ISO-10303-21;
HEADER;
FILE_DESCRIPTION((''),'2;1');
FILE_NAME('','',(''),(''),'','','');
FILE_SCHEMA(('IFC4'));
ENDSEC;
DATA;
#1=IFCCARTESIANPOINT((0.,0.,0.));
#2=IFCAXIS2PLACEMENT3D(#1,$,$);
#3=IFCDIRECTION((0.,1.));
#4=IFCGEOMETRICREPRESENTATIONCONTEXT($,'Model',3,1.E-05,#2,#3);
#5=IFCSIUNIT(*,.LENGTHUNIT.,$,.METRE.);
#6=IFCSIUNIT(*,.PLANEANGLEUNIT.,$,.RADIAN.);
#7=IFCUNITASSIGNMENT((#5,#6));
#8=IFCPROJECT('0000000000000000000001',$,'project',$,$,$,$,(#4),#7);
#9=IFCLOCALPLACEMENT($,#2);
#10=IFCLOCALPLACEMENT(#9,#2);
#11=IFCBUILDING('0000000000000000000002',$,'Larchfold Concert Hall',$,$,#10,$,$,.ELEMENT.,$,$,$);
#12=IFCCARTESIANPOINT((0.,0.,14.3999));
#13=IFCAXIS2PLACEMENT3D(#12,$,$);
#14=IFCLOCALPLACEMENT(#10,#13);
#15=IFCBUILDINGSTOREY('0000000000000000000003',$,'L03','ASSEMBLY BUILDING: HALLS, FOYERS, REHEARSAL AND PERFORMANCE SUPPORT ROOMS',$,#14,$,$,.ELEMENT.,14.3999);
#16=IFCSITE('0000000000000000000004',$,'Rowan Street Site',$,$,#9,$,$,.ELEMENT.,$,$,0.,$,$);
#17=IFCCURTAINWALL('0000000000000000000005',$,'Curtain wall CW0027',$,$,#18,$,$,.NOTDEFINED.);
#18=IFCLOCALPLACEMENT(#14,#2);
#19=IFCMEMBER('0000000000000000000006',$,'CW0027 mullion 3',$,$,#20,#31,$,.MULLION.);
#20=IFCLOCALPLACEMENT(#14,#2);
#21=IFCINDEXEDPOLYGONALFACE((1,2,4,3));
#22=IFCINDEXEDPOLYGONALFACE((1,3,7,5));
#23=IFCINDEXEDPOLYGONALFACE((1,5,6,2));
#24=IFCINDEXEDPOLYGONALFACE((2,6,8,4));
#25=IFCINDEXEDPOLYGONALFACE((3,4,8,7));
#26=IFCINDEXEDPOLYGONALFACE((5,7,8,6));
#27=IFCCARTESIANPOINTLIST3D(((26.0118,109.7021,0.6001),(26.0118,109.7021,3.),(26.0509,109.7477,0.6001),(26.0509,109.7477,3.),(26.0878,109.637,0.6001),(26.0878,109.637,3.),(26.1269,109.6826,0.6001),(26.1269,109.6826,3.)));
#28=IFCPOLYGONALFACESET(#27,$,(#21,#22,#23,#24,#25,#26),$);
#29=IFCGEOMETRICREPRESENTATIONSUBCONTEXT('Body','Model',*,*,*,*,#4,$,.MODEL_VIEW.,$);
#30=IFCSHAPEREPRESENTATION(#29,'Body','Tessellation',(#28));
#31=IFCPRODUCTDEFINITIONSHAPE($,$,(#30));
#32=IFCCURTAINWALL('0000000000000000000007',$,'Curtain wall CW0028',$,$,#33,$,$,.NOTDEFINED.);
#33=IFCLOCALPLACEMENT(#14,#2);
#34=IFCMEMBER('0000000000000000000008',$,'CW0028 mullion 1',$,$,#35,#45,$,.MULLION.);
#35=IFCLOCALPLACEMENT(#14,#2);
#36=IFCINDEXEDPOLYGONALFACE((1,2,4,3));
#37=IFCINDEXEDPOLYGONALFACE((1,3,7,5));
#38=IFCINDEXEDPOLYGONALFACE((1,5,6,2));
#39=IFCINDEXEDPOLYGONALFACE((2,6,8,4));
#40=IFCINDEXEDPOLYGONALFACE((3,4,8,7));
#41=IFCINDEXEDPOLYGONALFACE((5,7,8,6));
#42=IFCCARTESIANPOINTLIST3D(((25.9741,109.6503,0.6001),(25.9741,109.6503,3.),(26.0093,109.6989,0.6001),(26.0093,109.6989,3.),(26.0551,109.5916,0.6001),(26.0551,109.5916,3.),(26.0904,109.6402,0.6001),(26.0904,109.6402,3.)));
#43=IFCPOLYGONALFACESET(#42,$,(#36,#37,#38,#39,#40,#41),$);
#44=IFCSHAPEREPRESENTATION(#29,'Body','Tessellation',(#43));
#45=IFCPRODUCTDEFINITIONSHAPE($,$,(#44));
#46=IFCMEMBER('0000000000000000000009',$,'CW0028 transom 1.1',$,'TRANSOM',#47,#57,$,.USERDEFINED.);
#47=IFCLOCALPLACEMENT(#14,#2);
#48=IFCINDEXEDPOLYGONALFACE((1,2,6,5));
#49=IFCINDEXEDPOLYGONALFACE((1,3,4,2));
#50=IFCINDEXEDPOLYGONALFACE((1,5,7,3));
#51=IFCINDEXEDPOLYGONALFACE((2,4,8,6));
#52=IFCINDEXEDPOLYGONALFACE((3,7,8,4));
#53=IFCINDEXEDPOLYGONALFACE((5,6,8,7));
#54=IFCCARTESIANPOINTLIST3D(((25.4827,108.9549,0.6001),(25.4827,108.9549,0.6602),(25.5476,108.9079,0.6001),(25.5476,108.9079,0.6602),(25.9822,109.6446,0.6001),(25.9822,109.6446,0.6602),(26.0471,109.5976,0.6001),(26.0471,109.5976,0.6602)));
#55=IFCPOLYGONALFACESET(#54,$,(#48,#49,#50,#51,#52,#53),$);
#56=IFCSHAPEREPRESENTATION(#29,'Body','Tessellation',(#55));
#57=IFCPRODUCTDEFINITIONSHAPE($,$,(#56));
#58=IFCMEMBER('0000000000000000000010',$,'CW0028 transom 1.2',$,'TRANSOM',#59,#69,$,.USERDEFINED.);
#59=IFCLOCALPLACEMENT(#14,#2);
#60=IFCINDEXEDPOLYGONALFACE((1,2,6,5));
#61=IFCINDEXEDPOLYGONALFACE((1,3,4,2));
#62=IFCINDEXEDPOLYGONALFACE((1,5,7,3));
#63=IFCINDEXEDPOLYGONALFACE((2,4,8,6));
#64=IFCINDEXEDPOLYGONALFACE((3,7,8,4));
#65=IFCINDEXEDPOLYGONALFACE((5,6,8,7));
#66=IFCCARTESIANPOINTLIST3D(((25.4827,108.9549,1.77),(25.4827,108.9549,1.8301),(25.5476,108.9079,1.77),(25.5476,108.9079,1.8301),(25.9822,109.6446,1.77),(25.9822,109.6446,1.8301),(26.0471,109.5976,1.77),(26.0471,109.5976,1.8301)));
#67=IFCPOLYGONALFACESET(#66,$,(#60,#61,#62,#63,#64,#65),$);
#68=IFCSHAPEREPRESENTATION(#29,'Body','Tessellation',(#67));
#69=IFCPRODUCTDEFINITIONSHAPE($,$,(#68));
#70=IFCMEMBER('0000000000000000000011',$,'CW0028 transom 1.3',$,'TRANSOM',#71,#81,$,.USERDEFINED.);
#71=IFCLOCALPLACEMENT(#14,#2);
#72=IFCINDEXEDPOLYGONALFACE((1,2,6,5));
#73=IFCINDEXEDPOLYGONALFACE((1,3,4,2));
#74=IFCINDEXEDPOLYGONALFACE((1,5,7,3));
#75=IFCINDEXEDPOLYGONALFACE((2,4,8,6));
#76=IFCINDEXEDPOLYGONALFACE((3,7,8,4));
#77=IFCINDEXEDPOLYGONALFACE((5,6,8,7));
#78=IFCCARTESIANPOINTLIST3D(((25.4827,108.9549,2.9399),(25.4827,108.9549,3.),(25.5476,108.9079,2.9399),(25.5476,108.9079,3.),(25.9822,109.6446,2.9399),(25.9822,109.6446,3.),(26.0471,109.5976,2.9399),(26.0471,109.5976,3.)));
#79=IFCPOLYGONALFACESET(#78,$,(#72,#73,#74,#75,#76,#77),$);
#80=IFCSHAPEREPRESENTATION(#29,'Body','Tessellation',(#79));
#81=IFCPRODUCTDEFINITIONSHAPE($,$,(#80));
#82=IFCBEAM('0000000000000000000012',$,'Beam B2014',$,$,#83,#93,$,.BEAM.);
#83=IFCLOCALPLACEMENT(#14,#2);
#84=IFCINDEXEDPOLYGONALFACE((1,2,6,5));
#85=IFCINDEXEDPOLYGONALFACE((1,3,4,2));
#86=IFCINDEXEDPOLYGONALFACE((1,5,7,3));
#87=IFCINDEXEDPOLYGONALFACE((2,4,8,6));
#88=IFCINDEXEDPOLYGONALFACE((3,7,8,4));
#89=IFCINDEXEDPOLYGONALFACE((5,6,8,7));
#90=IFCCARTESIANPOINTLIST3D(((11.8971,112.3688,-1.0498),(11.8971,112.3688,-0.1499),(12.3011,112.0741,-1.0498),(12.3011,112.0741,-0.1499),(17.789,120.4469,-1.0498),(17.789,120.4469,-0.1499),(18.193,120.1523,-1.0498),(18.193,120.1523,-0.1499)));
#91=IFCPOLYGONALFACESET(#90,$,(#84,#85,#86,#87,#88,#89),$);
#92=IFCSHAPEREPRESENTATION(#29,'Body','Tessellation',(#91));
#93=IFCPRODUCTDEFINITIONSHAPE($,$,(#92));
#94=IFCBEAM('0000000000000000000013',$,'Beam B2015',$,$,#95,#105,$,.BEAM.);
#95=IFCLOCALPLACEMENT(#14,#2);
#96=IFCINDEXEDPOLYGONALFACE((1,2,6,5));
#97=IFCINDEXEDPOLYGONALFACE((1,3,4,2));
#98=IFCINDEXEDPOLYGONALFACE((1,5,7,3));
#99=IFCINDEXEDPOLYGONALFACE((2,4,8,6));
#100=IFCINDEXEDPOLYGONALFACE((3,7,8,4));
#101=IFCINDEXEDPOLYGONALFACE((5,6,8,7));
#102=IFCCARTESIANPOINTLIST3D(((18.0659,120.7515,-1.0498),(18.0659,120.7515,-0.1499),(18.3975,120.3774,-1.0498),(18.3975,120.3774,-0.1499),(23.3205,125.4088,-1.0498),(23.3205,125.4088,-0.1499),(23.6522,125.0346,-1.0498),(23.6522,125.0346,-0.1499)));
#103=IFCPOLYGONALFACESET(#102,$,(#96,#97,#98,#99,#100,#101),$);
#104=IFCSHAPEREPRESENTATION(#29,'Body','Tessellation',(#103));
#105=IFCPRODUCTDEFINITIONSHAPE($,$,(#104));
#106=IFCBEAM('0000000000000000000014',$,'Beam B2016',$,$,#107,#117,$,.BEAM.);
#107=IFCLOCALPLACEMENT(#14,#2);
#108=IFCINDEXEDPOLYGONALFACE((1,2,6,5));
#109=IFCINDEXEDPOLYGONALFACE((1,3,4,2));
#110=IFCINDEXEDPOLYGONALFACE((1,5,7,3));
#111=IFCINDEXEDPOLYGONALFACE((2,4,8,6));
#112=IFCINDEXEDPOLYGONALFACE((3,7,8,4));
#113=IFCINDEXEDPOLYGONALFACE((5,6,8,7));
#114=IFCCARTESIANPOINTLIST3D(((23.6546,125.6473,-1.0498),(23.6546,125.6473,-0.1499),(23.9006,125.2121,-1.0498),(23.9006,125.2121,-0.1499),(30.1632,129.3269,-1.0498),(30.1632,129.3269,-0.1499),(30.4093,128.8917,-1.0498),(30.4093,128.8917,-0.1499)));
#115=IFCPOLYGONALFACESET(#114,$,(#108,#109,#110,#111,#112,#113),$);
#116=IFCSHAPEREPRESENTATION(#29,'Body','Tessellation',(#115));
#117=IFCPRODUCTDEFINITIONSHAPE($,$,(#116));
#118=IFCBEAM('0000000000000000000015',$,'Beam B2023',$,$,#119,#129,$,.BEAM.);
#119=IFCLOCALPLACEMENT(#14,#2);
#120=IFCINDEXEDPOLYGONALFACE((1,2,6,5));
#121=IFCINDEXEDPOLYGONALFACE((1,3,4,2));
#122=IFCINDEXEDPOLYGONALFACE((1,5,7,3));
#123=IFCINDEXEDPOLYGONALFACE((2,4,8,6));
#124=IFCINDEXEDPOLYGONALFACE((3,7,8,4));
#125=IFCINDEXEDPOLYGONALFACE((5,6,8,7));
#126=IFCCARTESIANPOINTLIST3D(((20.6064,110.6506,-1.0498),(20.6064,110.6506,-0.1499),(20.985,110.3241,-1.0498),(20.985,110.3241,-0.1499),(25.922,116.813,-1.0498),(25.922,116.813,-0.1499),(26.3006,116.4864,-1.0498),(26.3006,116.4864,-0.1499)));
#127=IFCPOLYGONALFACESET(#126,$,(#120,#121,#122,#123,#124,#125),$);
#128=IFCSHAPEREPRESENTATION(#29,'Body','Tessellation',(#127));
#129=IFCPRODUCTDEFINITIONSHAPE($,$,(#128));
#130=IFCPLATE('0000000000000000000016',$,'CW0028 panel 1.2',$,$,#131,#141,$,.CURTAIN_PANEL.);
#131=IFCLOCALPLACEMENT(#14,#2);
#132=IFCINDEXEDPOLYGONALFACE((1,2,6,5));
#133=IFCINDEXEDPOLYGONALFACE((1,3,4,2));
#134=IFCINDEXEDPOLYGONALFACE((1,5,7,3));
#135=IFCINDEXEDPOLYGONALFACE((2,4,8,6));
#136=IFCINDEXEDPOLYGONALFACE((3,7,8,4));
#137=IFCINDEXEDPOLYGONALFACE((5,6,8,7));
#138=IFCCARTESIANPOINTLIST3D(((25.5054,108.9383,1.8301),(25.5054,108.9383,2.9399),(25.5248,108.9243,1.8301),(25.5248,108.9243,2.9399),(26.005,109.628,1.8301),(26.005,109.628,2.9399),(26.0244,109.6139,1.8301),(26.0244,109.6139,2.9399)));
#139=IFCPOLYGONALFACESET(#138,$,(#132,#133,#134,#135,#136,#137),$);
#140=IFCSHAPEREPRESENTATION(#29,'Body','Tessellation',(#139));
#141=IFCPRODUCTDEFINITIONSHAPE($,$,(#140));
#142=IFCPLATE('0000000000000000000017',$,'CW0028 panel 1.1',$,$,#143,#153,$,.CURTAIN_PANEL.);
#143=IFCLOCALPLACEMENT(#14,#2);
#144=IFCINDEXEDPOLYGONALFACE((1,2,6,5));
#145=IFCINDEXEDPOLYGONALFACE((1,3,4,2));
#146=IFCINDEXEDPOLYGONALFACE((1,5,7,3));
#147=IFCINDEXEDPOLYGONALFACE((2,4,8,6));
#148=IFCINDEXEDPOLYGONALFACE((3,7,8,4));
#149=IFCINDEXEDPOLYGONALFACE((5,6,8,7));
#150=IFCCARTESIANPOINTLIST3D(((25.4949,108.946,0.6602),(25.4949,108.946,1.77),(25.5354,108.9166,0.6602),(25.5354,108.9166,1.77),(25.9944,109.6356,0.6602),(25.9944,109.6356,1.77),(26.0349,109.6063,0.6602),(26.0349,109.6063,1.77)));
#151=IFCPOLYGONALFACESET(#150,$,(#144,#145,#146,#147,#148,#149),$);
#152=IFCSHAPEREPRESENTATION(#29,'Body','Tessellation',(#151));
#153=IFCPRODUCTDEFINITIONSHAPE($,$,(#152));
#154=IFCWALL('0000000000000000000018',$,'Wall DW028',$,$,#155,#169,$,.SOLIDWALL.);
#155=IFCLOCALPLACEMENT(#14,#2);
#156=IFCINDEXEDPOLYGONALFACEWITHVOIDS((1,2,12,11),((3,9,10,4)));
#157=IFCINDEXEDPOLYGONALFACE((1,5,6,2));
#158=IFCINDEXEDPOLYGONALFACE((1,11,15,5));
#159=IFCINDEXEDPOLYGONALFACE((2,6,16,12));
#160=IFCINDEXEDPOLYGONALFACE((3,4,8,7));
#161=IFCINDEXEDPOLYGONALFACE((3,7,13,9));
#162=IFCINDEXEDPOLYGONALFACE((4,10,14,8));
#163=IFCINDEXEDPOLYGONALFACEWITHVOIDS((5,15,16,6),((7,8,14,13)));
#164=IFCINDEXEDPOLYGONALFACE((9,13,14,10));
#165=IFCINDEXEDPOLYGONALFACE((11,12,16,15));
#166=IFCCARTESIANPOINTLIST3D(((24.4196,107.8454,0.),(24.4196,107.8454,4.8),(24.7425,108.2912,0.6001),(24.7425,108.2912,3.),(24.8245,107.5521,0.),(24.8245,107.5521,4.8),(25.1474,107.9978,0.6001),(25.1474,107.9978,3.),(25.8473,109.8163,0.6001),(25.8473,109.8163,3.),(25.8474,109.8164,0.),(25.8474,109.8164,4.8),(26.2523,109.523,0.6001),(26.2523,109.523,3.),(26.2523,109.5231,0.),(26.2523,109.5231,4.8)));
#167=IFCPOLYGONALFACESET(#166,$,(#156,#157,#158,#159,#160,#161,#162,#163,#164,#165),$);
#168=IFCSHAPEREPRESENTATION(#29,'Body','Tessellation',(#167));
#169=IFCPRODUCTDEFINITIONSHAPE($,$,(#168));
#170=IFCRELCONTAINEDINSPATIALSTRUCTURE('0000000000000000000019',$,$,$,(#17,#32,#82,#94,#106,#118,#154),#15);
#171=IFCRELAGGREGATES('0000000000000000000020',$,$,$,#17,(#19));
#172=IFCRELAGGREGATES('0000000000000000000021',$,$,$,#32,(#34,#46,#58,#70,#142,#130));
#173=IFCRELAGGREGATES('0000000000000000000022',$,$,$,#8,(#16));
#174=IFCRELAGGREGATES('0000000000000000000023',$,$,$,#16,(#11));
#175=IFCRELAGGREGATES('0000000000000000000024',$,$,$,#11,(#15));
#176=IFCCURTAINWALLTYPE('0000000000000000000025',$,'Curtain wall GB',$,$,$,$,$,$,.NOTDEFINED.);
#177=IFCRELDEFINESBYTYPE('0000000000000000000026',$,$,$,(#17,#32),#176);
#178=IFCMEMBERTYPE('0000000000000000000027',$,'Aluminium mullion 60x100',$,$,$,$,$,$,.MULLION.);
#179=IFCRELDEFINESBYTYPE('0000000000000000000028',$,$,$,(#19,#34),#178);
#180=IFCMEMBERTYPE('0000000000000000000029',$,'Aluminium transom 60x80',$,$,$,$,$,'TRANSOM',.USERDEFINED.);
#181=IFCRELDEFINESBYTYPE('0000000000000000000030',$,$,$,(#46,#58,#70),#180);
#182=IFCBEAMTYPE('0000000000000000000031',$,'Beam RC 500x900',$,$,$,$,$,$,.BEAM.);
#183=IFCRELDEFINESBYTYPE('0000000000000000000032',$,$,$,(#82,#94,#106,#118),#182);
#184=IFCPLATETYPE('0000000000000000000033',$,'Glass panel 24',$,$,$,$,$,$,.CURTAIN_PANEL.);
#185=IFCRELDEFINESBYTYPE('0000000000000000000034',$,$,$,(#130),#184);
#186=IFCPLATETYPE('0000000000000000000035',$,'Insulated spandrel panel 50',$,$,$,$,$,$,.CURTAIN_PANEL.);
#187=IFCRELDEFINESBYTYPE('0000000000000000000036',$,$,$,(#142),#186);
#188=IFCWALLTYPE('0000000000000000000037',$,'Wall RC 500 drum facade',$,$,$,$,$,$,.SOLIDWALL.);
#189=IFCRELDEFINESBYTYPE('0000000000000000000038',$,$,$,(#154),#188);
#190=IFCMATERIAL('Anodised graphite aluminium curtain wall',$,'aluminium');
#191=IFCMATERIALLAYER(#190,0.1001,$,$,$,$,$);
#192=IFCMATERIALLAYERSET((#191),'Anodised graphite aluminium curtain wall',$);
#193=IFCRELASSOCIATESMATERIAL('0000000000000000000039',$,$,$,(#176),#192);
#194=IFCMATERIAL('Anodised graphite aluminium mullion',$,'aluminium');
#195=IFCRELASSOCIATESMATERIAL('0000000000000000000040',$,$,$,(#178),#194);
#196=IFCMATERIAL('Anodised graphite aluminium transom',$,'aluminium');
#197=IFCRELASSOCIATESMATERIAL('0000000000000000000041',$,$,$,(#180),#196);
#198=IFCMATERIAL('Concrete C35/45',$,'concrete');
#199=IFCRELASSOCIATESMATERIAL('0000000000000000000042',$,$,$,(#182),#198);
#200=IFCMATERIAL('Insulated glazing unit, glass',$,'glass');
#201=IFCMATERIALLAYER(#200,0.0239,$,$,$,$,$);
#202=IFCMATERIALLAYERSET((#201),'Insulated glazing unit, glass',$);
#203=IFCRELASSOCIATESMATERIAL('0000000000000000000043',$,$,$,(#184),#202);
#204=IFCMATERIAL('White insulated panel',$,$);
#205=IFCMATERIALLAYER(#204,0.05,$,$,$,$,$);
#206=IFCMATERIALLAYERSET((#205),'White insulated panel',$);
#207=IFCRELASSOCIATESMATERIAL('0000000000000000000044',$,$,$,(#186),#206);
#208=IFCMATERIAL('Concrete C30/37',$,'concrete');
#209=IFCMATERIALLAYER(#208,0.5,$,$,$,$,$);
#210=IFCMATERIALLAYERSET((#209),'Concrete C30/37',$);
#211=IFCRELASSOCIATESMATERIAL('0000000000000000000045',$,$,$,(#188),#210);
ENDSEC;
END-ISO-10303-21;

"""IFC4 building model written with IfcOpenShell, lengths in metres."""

from ifc_helpers import new_model, si_unit, direction, frame, frame_2d, origin, origin_2d, place, context, subcontext, project, spatial, rectangle, extrude, material, layer, layer_set, material_profile, profile_set, type_object, element, fill, aggregate, save


model = new_model("IFC4")

# Units and contexts
model_context = context("Model", 3, precision=1e-05, world=origin(), true_north=direction((0.0, 1.0)))
body_context = subcontext(model_context, "Body", "Model", "MODEL_VIEW")
ifc_project = project(units=[si_unit("LENGTHUNIT", "METRE"), si_unit("PLANEANGLEUNIT", "RADIAN")], contexts=[model_context])

# Site, building, storey
site_placement = place(None, origin())
site = spatial("IfcSite", under=ifc_project, at=site_placement, Name="Rowan Street Site", CompositionType="ELEMENT", RefElevation=0.0)
building_placement = place(site_placement, origin())
building = spatial("IfcBuilding", under=site, at=building_placement, Name="Larchfold Concert Hall", CompositionType="ELEMENT")
storey_placement = place(building_placement, frame((0.0, 0.0, 14.3999)))
storey = spatial("IfcBuildingStorey", under=building, at=storey_placement, Name="L03", Description="ASSEMBLY BUILDING: HALLS, FOYERS, REHEARSAL AND PERFORMANCE SUPPORT ROOMS", CompositionType="ELEMENT", Elevation=14.3999)

# Curtain wall, member
ifc_material_1 = material(Name="Anodised graphite aluminium curtain wall", Category="aluminium")
ifc_layer_1 = layer(ifc_material_1, 0.1001)
ifc_layer_set_1 = layer_set([ifc_layer_1], Name="Anodised graphite aluminium curtain wall")
curtain_wall_type = type_object("IfcCurtainWallType", Name="Curtain wall GB", PredefinedType="NOTDEFINED", material=ifc_layer_set_1)
curtain_wall_1_placement = place(storey_placement, origin())
curtain_wall_1 = element("IfcCurtainWall", 1, at=curtain_wall_1_placement, inside=storey, type_object=curtain_wall_type, Name="Curtain wall CW0027", PredefinedType="NOTDEFINED")
ifc_material_2 = material(Name="Anodised graphite aluminium mullion", Category="aluminium")
ifc_material_profile_1 = material_profile(ifc_material_2, rectangle(XDim=0.1001, YDim=0.0601, at=origin_2d()))
ifc_profile_set_1 = profile_set([ifc_material_profile_1], Name="Anodised graphite aluminium mullion")
member_type_1 = type_object("IfcMemberType", Name="Aluminium mullion 60x100", PredefinedType="MULLION", material=ifc_profile_set_1)
member_1_placement = place(storey_placement, frame((26.0693, 109.6924, 0.6001), z_axis=(0.0, 0.0, 1.0), x_axis=(0.759483, -0.650527, 0.0)))
member_1 = element("IfcMember", 2, at=member_1_placement, type_object=member_type_1, Name="CW0027 mullion 3", PredefinedType="MULLION", context=body_context, shape_type="SweptSolid", body=[
    extrude(rectangle(XDim=0.1001, YDim=0.0601, at=origin_2d()), origin(), (0.0, 0.0, 1.0), 2.3999),
])

# Curtain wall, members
curtain_wall_2_placement = place(storey_placement, origin())
curtain_wall_2 = element("IfcCurtainWall", 3, at=curtain_wall_2_placement, inside=storey, type_object=curtain_wall_type, Name="Curtain wall CW0028", PredefinedType="NOTDEFINED")
member_2_placement = place(storey_placement, frame((26.0322, 109.6453, 0.6001), z_axis=(0.0, 0.0, 1.0), x_axis=(0.809861, -0.586621, 0.0)))
member_2 = element("IfcMember", 4, at=member_2_placement, type_object=member_type_1, Name="CW0028 mullion 1", PredefinedType="MULLION", context=body_context, shape_type="SweptSolid", body=[
    extrude(rectangle(XDim=0.1001, YDim=0.0601, at=origin_2d()), origin(), (0.0, 0.0, 1.0), 2.3999),
])
ifc_material_3 = material(Name="Anodised graphite aluminium transom", Category="aluminium")
ifc_material_profile_2 = material_profile(ifc_material_3, rectangle(XDim=0.0801, YDim=0.0601, at=origin_2d()))
ifc_profile_set_2 = profile_set([ifc_material_profile_2], Name="Anodised graphite aluminium transom")
member_type_2 = type_object("IfcMemberType", Name="Aluminium transom 60x80", ElementType="TRANSOM", PredefinedType="USERDEFINED", material=ifc_profile_set_2)
member_3_placement = place(storey_placement, frame((26.0146, 109.6211, 0.6301), z_axis=(-0.586568, -0.8099, 0.0), x_axis=(0.8099, -0.586568, 0.0)))
member_3 = element("IfcMember", 5, at=member_3_placement, type_object=member_type_2, Name="CW0028 transom 1.1", ObjectType="TRANSOM", PredefinedType="USERDEFINED", context=body_context, shape_type="SweptSolid", body=[
    extrude(rectangle(XDim=0.0801, YDim=0.0601, at=origin_2d()), origin(), (0.0, 0.0, 1.0), 0.8516),
])
member_4_placement = place(storey_placement, frame((26.0146, 109.6211, 1.8), z_axis=(-0.586568, -0.8099, 0.0), x_axis=(0.8099, -0.586568, 0.0)))
member_4 = element("IfcMember", 6, at=member_4_placement, type_object=member_type_2, Name="CW0028 transom 1.2", ObjectType="TRANSOM", PredefinedType="USERDEFINED", context=body_context, shape_type="SweptSolid", body=[
    extrude(rectangle(XDim=0.0801, YDim=0.0601, at=origin_2d()), origin(), (0.0, 0.0, 1.0), 0.8516),
])
member_5_placement = place(storey_placement, frame((26.0146, 109.6211, 2.97), z_axis=(-0.586568, -0.8099, 0.0), x_axis=(0.8099, -0.586568, 0.0)))
member_5 = element("IfcMember", 7, at=member_5_placement, type_object=member_type_2, Name="CW0028 transom 1.3", ObjectType="TRANSOM", PredefinedType="USERDEFINED", context=body_context, shape_type="SweptSolid", body=[
    extrude(rectangle(XDim=0.0801, YDim=0.0601, at=origin_2d()), origin(), (0.0, 0.0, 1.0), 0.8516),
])

# Beams
ifc_material_4 = material(Name="Concrete C35/45", Category="concrete")
ifc_material_profile_3 = material_profile(ifc_material_4, rectangle(XDim=0.5, YDim=0.8999, at=origin_2d()))
ifc_profile_set_3 = profile_set([ifc_material_profile_3], Name="Concrete C35/45")
beam_type_1 = type_object("IfcBeamType", Name="Beam RC 500x900", PredefinedType="BEAM", material=ifc_profile_set_3)
beam_1_placement = place(storey_placement, frame((12.0991, 112.2214, -0.5999), z_axis=(0.589273, 0.807934, 0.0), x_axis=(-0.807934, 0.589273, 0.0)))
element("IfcBeam", 8, at=beam_1_placement, inside=storey, type_object=beam_type_1, Name="Beam B2014", PredefinedType="BEAM", context=body_context, shape_type="SweptSolid", body=[
    extrude(rectangle(XDim=0.5, YDim=0.8999, at=origin_2d()), origin(), (0.0, 0.0, 1.0), 9.9985),
])
beam_2_placement = place(storey_placement, frame((18.2317, 120.5645, -0.5999), z_axis=(0.748368, 0.663284, 0.0), x_axis=(-0.663284, 0.748368, 0.0)))
element("IfcBeam", 9, at=beam_2_placement, inside=storey, type_object=beam_type_1, Name="Beam B2015", PredefinedType="BEAM", context=body_context, shape_type="SweptSolid", body=[
    extrude(rectangle(XDim=0.5, YDim=0.8999, at=origin_2d()), origin(), (0.0, 0.0, 1.0), 7.0215),
])
beam_3_placement = place(storey_placement, frame((23.7776, 125.4297, -0.5999), z_axis=(0.870517, 0.492139, 0.0), x_axis=(-0.492139, 0.870517, 0.0)))
element("IfcBeam", 10, at=beam_3_placement, inside=storey, type_object=beam_type_1, Name="Beam B2016", PredefinedType="BEAM", context=body_context, shape_type="SweptSolid", body=[
    extrude(rectangle(XDim=0.5, YDim=0.8999, at=origin_2d()), origin(), (0.0, 0.0, 1.0), 7.4768),
])
beam_4_placement = place(storey_placement, frame((26.1113, 116.6497, -0.5999), z_axis=(-0.653172, -0.757209, 0.0), x_axis=(0.757209, -0.653172, 0.0)))
element("IfcBeam", 11, at=beam_4_placement, inside=storey, type_object=beam_type_1, Name="Beam B2023", PredefinedType="BEAM", context=body_context, shape_type="SweptSolid", body=[
    extrude(rectangle(XDim=0.5, YDim=0.8999, at=origin_2d()), origin(), (0.0, 0.0, 1.0), 8.1382),
])

# Plates
ifc_material_5 = material(Name="Insulated glazing unit, glass", Category="glass")
ifc_layer_2 = layer(ifc_material_5, 0.0239)
ifc_layer_set_2 = layer_set([ifc_layer_2], Name="Insulated glazing unit, glass")
plate_type_1 = type_object("IfcPlateType", Name="Glass panel 24", PredefinedType="CURTAIN_PANEL", material=ifc_layer_set_2)
plate_1_placement = place(storey_placement, frame((25.7649, 109.2761, 1.8301), z_axis=(0.0, 0.0, 1.0), x_axis=(-0.586621, -0.809861, 0.0)))
plate_1 = element("IfcPlate", 12, at=plate_1_placement, type_object=plate_type_1, Name="CW0028 panel 1.2", PredefinedType="CURTAIN_PANEL", context=body_context, shape_type="SweptSolid", body=[
    extrude(rectangle(XDim=0.8516, YDim=0.0239, at=origin_2d()), origin(), (0.0, 0.0, 1.0), 1.1099),
])
ifc_material_6 = material(Name="White insulated panel")
ifc_layer_3 = layer(ifc_material_6, 0.05)
ifc_layer_set_3 = layer_set([ifc_layer_3], Name="White insulated panel")
plate_type_2 = type_object("IfcPlateType", Name="Insulated spandrel panel 50", PredefinedType="CURTAIN_PANEL", material=ifc_layer_set_3)
aggregate(curtain_wall_1, [member_1])
plate_2_placement = place(storey_placement, frame((25.7649, 109.2761, 0.6602), z_axis=(0.0, 0.0, 1.0), x_axis=(-0.586621, -0.809861, 0.0)))
plate_2 = element("IfcPlate", 13, at=plate_2_placement, type_object=plate_type_2, Name="CW0028 panel 1.1", PredefinedType="CURTAIN_PANEL", context=body_context, shape_type="SweptSolid", body=[
    extrude(rectangle(XDim=0.8516, YDim=0.05, at=origin_2d()), origin(), (0.0, 0.0, 1.0), 1.1099),
])
aggregate(curtain_wall_2, [member_2, member_3, member_4, member_5, plate_2, plate_1])

# Wall, opening
ifc_material_7 = material(Name="Concrete C30/37", Category="concrete")
ifc_layer_4 = layer(ifc_material_7, 0.5)
ifc_layer_set_4 = layer_set([ifc_layer_4], Name="Concrete C30/37")
wall_type_1 = type_object("IfcWallType", Name="Wall RC 500 drum facade", PredefinedType="SOLIDWALL", material=ifc_layer_set_4)
wall_1_placement = place(storey_placement, frame((26.0498, 109.6697, 0.0), z_axis=(0.0, 0.0, 1.0), x_axis=(-0.586644, -0.809845, 0.0)))
wall_1 = element("IfcWall", 14, at=wall_1_placement, inside=storey, type_object=wall_type_1, Name="Wall DW028", PredefinedType="SOLIDWALL", context=body_context, shape_type="SweptSolid", body=[
    extrude(rectangle(XDim=2.4338, YDim=0.5, at=frame_2d((1.2168, 0.0))), origin(), (0.0, 0.0, 1.0), 4.8),
])
opening_placement = place(wall_1_placement, frame((0.0, 0.0, 0.6001)))
opening = element("IfcOpeningElement", 15, at=opening_placement, cuts=wall_1, PredefinedType="OPENING", context=body_context, shape_type="SweptSolid", body=[
    extrude(rectangle(XDim=1.8833, YDim=2.3999, at=frame_2d((0.9417, 1.2))), frame((0.0, 0.26, 0.0), z_axis=(0.0, -1.0, 0.0), x_axis=(1.0, 0.0, 0.0)), (0.0, 0.0, 1.0), 0.52),
])
fill(opening, curtain_wall_2)

save(model, "model.ifc")
